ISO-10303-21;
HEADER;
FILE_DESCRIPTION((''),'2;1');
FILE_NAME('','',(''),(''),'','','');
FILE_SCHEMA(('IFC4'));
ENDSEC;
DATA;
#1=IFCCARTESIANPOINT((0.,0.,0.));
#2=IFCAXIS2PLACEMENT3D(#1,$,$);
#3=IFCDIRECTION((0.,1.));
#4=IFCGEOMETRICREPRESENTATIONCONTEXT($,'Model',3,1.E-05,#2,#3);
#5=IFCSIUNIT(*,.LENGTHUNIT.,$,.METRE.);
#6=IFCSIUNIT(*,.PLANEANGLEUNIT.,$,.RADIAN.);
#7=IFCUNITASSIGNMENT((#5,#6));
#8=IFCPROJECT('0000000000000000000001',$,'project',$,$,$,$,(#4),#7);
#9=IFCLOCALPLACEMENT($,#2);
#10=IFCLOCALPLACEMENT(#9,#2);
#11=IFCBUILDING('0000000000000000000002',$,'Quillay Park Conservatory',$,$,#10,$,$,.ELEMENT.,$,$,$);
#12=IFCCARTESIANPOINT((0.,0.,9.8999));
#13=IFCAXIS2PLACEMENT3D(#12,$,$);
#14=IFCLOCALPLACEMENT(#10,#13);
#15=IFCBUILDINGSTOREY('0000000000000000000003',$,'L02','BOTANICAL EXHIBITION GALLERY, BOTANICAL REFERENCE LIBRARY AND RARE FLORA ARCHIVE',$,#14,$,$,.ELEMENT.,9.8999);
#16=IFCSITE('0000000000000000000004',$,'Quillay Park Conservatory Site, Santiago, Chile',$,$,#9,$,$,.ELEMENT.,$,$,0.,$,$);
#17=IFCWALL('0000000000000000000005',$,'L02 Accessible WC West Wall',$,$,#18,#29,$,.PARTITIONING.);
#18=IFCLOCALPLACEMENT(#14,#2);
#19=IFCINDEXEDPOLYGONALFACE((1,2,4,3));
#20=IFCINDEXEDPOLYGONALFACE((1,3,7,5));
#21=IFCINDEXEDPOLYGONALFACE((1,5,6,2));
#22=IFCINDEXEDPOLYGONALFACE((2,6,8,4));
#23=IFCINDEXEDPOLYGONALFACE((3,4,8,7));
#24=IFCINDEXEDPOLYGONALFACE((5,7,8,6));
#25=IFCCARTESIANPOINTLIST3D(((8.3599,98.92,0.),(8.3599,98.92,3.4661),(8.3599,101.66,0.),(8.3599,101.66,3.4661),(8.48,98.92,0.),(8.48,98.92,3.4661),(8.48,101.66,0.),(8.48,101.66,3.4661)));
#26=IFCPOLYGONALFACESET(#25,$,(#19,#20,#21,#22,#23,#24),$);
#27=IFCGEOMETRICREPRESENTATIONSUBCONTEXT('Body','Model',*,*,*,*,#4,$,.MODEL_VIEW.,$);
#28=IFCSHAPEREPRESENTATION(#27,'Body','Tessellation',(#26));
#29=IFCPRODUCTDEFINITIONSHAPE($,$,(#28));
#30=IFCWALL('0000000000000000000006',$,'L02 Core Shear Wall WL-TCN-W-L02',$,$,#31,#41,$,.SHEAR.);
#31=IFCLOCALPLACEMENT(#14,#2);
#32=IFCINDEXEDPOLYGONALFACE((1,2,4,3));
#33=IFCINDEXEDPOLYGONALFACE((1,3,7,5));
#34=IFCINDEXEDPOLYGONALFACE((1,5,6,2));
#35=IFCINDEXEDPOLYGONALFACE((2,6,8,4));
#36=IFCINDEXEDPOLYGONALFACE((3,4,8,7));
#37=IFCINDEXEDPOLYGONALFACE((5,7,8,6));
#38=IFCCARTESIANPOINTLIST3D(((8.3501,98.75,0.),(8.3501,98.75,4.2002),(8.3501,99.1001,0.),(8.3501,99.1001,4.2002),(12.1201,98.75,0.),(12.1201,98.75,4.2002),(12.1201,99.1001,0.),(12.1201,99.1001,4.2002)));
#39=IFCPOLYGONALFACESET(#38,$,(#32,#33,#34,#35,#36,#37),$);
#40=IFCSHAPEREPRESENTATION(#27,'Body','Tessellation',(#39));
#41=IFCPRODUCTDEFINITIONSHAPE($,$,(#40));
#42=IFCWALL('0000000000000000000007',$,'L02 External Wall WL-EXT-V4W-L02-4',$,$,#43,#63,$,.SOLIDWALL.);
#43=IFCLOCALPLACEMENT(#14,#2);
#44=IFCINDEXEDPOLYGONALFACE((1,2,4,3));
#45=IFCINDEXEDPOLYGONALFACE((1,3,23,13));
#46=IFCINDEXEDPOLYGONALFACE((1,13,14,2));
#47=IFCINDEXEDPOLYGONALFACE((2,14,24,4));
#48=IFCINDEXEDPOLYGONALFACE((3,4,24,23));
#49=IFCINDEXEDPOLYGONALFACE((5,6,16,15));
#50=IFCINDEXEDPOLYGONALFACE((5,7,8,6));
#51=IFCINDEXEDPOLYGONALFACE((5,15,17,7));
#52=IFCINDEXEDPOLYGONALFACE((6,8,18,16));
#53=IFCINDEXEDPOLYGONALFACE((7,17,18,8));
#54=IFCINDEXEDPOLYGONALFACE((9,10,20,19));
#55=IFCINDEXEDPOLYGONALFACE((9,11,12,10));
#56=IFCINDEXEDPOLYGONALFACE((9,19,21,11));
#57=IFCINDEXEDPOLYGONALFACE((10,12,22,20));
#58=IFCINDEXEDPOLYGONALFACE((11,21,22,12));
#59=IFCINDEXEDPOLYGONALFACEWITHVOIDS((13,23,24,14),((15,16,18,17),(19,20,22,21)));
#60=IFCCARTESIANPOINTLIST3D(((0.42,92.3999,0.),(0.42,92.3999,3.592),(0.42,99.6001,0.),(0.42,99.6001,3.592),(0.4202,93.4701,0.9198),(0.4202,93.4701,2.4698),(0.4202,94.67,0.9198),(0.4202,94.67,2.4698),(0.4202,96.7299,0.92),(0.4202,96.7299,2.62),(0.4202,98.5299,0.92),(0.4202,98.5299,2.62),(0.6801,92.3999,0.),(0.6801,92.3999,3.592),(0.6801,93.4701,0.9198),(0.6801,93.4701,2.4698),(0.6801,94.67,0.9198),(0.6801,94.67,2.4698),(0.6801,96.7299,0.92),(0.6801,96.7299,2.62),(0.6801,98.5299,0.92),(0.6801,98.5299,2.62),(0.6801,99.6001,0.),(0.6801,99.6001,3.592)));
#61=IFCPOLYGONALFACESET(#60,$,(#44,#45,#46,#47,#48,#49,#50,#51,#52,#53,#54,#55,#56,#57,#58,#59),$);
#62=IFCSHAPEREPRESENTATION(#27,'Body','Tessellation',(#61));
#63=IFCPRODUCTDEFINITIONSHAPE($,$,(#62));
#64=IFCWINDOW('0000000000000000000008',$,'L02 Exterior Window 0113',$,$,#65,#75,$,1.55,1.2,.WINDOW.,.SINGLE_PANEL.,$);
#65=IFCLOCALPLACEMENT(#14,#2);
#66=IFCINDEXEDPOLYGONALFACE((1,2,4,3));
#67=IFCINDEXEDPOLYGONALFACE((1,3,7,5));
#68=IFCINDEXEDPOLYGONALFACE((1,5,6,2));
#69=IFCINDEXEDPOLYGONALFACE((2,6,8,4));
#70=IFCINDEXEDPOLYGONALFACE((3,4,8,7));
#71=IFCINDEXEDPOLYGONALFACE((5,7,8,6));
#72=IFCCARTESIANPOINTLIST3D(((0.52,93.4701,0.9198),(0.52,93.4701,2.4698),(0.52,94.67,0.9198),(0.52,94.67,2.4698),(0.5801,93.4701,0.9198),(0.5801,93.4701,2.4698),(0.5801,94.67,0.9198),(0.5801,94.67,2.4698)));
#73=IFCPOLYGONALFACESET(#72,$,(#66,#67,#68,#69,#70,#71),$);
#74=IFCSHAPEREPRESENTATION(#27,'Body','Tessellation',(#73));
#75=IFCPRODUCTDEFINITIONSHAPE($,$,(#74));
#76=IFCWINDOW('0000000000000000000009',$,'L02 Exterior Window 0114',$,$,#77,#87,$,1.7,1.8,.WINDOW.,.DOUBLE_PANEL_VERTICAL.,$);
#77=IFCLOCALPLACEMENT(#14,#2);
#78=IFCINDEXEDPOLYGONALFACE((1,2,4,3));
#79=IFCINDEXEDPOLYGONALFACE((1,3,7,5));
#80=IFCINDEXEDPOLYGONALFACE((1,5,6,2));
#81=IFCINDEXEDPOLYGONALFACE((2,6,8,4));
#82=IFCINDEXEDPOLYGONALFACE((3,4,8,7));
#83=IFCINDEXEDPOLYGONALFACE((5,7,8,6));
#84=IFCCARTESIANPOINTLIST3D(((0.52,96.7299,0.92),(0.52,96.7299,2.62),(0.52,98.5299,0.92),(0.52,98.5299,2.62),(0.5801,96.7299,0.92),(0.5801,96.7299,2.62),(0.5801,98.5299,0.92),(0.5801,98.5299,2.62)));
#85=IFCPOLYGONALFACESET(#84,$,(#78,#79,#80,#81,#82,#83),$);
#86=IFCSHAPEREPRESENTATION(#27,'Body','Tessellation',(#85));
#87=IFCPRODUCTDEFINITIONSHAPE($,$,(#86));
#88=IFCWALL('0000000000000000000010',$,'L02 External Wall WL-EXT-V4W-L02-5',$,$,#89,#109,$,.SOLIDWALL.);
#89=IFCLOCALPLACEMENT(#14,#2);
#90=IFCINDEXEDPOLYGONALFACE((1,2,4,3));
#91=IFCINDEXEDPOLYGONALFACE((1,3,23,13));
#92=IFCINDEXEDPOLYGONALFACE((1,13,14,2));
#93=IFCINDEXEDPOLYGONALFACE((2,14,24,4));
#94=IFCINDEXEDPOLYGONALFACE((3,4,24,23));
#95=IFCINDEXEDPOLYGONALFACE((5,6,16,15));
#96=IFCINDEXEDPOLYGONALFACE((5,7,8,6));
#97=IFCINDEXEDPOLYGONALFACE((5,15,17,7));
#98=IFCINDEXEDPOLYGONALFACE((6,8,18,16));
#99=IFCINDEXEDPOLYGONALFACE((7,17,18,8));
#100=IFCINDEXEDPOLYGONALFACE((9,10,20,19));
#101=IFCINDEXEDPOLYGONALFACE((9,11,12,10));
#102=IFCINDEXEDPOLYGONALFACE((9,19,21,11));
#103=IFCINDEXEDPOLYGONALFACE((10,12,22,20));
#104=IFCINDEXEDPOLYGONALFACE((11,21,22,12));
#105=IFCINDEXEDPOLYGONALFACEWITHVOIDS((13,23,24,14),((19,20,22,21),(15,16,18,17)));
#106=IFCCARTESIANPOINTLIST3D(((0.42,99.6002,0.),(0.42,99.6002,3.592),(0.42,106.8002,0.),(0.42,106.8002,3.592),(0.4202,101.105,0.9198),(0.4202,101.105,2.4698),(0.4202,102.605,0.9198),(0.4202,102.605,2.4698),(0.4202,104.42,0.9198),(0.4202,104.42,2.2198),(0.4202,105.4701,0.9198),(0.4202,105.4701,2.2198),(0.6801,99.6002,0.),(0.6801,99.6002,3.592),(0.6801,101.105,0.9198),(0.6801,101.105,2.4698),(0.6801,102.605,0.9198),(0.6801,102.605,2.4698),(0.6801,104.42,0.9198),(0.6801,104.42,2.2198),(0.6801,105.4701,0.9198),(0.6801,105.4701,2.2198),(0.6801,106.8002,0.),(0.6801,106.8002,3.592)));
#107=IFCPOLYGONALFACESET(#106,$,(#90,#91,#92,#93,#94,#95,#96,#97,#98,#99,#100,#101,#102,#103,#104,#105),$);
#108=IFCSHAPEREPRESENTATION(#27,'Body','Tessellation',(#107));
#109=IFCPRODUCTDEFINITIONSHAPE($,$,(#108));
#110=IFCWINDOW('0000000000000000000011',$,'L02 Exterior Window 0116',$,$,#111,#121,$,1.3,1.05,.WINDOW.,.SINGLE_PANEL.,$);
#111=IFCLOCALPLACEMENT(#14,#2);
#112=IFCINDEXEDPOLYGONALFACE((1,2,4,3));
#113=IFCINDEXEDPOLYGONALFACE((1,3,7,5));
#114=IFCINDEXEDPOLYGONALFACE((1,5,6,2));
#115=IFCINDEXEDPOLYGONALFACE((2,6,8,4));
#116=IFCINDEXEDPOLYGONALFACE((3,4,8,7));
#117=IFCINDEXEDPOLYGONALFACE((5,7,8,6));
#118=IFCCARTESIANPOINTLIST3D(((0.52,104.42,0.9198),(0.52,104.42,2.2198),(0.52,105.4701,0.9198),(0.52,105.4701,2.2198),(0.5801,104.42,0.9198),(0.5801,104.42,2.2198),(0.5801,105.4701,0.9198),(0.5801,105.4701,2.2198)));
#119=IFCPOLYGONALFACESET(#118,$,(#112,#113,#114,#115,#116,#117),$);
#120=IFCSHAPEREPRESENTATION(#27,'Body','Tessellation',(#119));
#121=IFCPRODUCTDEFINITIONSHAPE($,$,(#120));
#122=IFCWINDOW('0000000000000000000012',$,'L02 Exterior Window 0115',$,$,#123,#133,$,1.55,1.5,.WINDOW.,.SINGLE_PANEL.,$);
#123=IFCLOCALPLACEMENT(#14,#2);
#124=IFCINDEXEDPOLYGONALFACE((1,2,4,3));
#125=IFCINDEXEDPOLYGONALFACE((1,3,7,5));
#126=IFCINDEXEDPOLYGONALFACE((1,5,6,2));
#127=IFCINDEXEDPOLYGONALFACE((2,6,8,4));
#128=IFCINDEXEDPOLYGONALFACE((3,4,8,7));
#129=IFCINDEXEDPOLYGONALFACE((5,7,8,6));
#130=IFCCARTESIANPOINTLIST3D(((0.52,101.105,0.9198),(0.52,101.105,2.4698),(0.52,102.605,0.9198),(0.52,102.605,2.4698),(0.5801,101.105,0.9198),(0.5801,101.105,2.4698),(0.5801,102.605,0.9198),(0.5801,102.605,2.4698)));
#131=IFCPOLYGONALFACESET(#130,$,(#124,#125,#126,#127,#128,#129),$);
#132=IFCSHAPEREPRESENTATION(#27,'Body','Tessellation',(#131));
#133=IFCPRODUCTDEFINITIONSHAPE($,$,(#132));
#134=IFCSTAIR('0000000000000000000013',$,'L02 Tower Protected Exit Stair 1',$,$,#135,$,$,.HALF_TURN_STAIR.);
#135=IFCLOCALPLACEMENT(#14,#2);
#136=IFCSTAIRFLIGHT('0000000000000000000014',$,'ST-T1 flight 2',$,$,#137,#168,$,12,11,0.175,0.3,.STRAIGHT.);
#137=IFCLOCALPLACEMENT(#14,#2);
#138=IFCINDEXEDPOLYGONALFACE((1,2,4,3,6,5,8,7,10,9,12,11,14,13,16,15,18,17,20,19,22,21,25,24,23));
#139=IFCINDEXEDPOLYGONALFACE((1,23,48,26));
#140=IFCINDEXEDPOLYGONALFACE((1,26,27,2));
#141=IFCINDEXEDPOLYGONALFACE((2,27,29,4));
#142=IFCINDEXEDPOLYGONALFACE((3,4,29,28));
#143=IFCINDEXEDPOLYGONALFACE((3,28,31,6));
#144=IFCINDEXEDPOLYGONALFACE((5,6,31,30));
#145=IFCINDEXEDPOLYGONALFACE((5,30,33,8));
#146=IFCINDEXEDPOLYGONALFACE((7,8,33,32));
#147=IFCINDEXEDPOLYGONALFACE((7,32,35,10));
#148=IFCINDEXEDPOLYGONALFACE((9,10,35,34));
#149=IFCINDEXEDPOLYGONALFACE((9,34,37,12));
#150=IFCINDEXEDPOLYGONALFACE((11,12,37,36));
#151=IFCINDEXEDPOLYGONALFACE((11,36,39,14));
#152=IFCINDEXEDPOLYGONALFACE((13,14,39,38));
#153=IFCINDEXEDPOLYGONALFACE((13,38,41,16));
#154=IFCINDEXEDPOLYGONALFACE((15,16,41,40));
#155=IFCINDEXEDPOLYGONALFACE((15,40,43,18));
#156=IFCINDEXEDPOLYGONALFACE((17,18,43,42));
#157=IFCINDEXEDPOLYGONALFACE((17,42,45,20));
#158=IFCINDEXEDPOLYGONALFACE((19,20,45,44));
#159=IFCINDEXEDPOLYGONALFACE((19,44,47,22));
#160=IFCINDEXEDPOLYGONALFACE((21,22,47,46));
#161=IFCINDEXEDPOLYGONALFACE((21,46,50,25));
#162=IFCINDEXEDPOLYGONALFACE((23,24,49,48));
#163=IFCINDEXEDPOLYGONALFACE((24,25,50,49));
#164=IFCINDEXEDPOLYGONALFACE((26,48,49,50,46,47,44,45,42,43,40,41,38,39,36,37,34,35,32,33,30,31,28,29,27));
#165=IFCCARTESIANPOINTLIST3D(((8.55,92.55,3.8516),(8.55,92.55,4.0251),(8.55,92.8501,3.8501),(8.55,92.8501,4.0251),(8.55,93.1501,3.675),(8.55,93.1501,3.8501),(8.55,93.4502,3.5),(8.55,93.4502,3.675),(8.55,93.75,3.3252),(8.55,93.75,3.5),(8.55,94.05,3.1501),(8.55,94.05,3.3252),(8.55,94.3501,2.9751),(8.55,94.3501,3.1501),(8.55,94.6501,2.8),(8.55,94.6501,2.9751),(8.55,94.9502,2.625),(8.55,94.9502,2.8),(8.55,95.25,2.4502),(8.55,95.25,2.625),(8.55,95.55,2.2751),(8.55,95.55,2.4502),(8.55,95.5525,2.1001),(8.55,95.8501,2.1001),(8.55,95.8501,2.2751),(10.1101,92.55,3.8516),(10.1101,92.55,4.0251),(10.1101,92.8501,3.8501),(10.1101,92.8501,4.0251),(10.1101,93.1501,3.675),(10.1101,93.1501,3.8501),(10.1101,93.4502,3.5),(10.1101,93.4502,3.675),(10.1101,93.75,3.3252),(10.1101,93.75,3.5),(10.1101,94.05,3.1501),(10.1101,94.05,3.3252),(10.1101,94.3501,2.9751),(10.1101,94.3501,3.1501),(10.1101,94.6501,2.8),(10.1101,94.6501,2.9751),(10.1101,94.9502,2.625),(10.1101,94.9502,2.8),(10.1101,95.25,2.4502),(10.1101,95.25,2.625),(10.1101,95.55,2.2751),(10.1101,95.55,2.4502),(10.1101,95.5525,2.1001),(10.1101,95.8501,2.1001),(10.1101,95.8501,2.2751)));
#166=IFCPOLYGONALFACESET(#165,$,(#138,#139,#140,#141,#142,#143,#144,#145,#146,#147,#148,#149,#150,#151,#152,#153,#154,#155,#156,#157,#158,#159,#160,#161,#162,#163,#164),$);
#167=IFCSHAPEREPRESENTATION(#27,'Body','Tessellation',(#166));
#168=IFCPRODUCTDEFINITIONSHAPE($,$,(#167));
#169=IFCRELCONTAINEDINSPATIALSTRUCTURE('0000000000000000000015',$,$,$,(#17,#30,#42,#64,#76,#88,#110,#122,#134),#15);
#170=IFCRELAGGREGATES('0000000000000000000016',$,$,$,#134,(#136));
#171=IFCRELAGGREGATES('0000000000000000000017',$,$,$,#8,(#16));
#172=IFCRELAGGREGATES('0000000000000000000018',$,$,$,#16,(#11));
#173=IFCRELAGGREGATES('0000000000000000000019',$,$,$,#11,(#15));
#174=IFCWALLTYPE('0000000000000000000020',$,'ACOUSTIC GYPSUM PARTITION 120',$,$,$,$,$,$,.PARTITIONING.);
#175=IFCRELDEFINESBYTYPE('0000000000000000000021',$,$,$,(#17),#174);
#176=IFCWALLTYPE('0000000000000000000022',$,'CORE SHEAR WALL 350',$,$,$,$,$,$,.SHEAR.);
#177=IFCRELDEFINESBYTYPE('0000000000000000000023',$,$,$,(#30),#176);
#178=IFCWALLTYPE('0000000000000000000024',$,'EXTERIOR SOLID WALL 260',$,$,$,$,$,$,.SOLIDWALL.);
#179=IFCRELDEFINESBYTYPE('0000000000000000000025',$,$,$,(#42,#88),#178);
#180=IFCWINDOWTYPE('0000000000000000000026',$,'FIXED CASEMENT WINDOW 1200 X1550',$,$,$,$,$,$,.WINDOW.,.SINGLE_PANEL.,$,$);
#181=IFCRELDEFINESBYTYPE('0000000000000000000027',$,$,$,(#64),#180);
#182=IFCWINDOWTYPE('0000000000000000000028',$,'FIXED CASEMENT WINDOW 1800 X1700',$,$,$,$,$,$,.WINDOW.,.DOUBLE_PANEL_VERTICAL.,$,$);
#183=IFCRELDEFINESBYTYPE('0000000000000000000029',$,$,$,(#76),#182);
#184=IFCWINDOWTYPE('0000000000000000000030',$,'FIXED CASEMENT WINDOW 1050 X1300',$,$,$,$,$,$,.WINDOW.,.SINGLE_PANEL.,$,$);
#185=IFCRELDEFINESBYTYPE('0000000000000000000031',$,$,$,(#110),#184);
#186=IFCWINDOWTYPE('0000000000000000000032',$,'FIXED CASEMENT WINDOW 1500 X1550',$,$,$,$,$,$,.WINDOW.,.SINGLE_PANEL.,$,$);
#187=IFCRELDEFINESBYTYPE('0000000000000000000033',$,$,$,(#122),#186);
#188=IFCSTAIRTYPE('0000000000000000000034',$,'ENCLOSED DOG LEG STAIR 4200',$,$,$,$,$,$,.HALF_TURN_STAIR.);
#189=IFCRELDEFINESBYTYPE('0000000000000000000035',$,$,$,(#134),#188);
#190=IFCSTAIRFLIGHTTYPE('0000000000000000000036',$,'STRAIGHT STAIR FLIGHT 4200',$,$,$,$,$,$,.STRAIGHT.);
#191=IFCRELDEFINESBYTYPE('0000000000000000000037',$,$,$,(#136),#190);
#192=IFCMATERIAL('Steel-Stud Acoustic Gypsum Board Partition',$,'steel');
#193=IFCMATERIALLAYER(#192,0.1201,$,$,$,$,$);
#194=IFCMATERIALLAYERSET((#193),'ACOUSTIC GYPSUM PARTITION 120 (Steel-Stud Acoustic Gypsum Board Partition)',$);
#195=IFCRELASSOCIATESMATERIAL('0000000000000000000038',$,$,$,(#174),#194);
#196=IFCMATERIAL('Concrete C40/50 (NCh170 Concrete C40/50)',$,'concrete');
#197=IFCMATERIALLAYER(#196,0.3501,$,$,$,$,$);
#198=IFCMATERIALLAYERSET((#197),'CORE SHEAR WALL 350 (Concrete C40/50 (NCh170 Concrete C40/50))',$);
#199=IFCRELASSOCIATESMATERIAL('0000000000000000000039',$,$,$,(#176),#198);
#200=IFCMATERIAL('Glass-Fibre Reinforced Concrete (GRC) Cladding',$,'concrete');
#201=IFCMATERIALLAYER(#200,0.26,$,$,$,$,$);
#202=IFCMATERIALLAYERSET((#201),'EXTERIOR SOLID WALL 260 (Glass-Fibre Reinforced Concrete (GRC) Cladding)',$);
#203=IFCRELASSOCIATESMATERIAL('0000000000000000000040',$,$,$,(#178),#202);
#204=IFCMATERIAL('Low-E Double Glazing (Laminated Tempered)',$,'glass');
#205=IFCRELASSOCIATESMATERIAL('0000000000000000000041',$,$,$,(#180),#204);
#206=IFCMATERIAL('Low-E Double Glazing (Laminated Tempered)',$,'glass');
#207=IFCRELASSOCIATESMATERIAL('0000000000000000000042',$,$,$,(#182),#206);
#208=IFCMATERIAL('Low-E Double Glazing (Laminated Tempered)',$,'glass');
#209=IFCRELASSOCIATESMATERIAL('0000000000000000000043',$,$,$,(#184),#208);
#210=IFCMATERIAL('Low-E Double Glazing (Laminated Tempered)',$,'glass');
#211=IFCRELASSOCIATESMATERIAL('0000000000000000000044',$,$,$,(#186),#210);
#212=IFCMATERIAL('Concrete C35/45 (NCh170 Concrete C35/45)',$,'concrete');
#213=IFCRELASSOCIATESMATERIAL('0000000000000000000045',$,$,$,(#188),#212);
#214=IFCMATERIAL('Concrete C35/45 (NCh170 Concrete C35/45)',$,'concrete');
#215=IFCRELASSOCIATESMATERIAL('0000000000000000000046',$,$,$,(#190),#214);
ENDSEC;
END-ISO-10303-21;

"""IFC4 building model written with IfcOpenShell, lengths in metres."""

from ifc_helpers import new_model, si_unit, direction, frame, frame_2d, origin, place, context, subcontext, project, spatial, polyline, rectangle, outline, extrude, material, layer, layer_set, type_object, element, fill, aggregate, save


model = new_model("IFC4")

# Units and contexts
model_context = context("Model", 3, precision=1e-05, world=origin(), true_north=direction((0.0, 1.0)))
body_context = subcontext(model_context, "Body", "Model", "MODEL_VIEW")
ifc_project = project(units=[si_unit("LENGTHUNIT", "METRE"), si_unit("PLANEANGLEUNIT", "RADIAN")], contexts=[model_context])

# Site, building, storey
site_placement = place(None, origin())
site = spatial("IfcSite", under=ifc_project, at=site_placement, Name="Quillay Park Conservatory Site, Santiago, Chile", CompositionType="ELEMENT", RefElevation=0.0)
building_placement = place(site_placement, origin())
building = spatial("IfcBuilding", under=site, at=building_placement, Name="Quillay Park Conservatory", CompositionType="ELEMENT")
storey_placement = place(building_placement, frame((0.0, 0.0, 9.8999)))
storey = spatial("IfcBuildingStorey", under=building, at=storey_placement, Name="L02", Description="BOTANICAL EXHIBITION GALLERY, BOTANICAL REFERENCE LIBRARY AND RARE FLORA ARCHIVE", CompositionType="ELEMENT", Elevation=9.8999)

# Walls
ifc_material_1 = material(Name="Steel-Stud Acoustic Gypsum Board Partition", Category="steel")
ifc_layer_1 = layer(ifc_material_1, 0.1201)
ifc_layer_set_1 = layer_set([ifc_layer_1], Name="ACOUSTIC GYPSUM PARTITION 120 (Steel-Stud Acoustic Gypsum Board Partition)")
wall_type_1 = type_object("IfcWallType", Name="ACOUSTIC GYPSUM PARTITION 120", PredefinedType="PARTITIONING", material=ifc_layer_set_1)
wall_1_placement = place(storey_placement, frame((8.4199, 98.9199, 0.0), z_axis=(0.0, 0.0, 1.0), x_axis=(0.0, 1.0, 0.0)))
element("IfcWall", 1, at=wall_1_placement, inside=storey, type_object=wall_type_1, Name="L02 Accessible WC West Wall", PredefinedType="PARTITIONING", context=body_context, shape_type="SweptSolid", body=[
    extrude(rectangle(XDim=2.74, YDim=0.1201, at=frame_2d((1.3701, 0.0))), origin(), (0.0, 0.0, 1.0), 3.4661),
])
ifc_material_2 = material(Name="Concrete C40/50 (NCh170 Concrete C40/50)", Category="concrete")
ifc_layer_2 = layer(ifc_material_2, 0.3501)
ifc_layer_set_2 = layer_set([ifc_layer_2], Name="CORE SHEAR WALL 350 (Concrete C40/50 (NCh170 Concrete C40/50))")
wall_type_2 = type_object("IfcWallType", Name="CORE SHEAR WALL 350", PredefinedType="SHEAR", material=ifc_layer_set_2)
wall_2_placement = place(storey_placement, frame((8.3501, 98.925, 0.0), z_axis=(0.0, 0.0, 1.0), x_axis=(1.0, 0.0, 0.0)))
element("IfcWall", 2, at=wall_2_placement, inside=storey, type_object=wall_type_2, Name="L02 Core Shear Wall WL-TCN-W-L02", PredefinedType="SHEAR", context=body_context, shape_type="SweptSolid", body=[
    extrude(rectangle(XDim=3.77, YDim=0.3501, at=frame_2d((1.885, 0.0))), origin(), (0.0, 0.0, 1.0), 4.2002),
])

# Walls, openings, windows
ifc_material_3 = material(Name="Glass-Fibre Reinforced Concrete (GRC) Cladding", Category="concrete")
ifc_layer_3 = layer(ifc_material_3, 0.26)
ifc_layer_set_3 = layer_set([ifc_layer_3], Name="EXTERIOR SOLID WALL 260 (Glass-Fibre Reinforced Concrete (GRC) Cladding)")
wall_type_3 = type_object("IfcWallType", Name="EXTERIOR SOLID WALL 260", PredefinedType="SOLIDWALL", material=ifc_layer_set_3)
wall_3_placement = place(storey_placement, frame((0.55, 92.3999, 0.0), z_axis=(0.0, 0.0, 1.0), x_axis=(0.0, 1.0, 0.0)))
wall_3 = element("IfcWall", 3, at=wall_3_placement, inside=storey, type_object=wall_type_3, Name="L02 External Wall WL-EXT-V4W-L02-4", PredefinedType="SOLIDWALL", context=body_context, shape_type="SweptSolid", body=[
    extrude(rectangle(XDim=7.2002, YDim=0.26, at=frame_2d((3.6001, 0.0))), origin(), (0.0, 0.0, 1.0), 3.592),
])
opening_1_placement = place(wall_3_placement, frame((1.0701, 0.0, 0.9199)))
opening_1 = element("IfcOpeningElement", 4, at=opening_1_placement, cuts=wall_3, PredefinedType="OPENING", context=body_context, shape_type="SweptSolid", body=[
    extrude(rectangle(XDim=1.2, YDim=1.55, at=frame_2d((0.6001, 0.7749))), frame((0.0, 0.1299, 0.0), z_axis=(0.0, -1.0, 0.0), x_axis=(1.0, 0.0, 0.0)), (0.0, 0.0, 1.0), 0.26),
])
opening_2_placement = place(wall_3_placement, frame((4.3301, 0.0, 0.9199)))
opening_2 = element("IfcOpeningElement", 5, at=opening_2_placement, cuts=wall_3, PredefinedType="OPENING", context=body_context, shape_type="SweptSolid", body=[
    extrude(rectangle(XDim=1.8, YDim=1.7, at=frame_2d((0.8999, 0.8501))), frame((0.0, 0.1299, 0.0), z_axis=(0.0, -1.0, 0.0), x_axis=(1.0, 0.0, 0.0)), (0.0, 0.0, 1.0), 0.26),
])
ifc_material_4 = material(Name="Low-E Double Glazing (Laminated Tempered)", Category="glass")
window_type_1 = type_object("IfcWindowType", Name="FIXED CASEMENT WINDOW 1200 X1550", PartitioningType="SINGLE_PANEL", PredefinedType="WINDOW", material=ifc_material_4)
window_1_placement = place(opening_1_placement, origin())
window_1 = element("IfcWindow", 6, at=window_1_placement, inside=storey, type_object=window_type_1, Name="L02 Exterior Window 0113", OverallHeight=1.55, OverallWidth=1.2, PartitioningType="SINGLE_PANEL", PredefinedType="WINDOW", context=body_context, shape_type="SweptSolid", body=[
    extrude(rectangle(XDim=1.2, YDim=1.55, at=frame_2d((0.6001, 0.7749))), frame((0.0, 0.03, 0.0), z_axis=(0.0, -1.0, 0.0), x_axis=(1.0, 0.0, 0.0)), (0.0, 0.0, 1.0), 0.0601),
])
fill(opening_1, window_1)
ifc_material_5 = material(Name="Low-E Double Glazing (Laminated Tempered)", Category="glass")
window_type_2 = type_object("IfcWindowType", Name="FIXED CASEMENT WINDOW 1800 X1700", PartitioningType="DOUBLE_PANEL_VERTICAL", PredefinedType="WINDOW", material=ifc_material_5)
window_2_placement = place(opening_2_placement, origin())
window_2 = element("IfcWindow", 7, at=window_2_placement, inside=storey, type_object=window_type_2, Name="L02 Exterior Window 0114", OverallHeight=1.7, OverallWidth=1.8, PartitioningType="DOUBLE_PANEL_VERTICAL", PredefinedType="WINDOW", context=body_context, shape_type="SweptSolid", body=[
    extrude(rectangle(XDim=1.8, YDim=1.7, at=frame_2d((0.8999, 0.8501))), frame((0.0, 0.03, 0.0), z_axis=(0.0, -1.0, 0.0), x_axis=(1.0, 0.0, 0.0)), (0.0, 0.0, 1.0), 0.0601),
])
fill(opening_2, window_2)
wall_4_placement = place(storey_placement, frame((0.55, 99.6001, 0.0), z_axis=(0.0, 0.0, 1.0), x_axis=(0.0, 1.0, 0.0)))
wall_4 = element("IfcWall", 8, at=wall_4_placement, inside=storey, type_object=wall_type_3, Name="L02 External Wall WL-EXT-V4W-L02-5", PredefinedType="SOLIDWALL", context=body_context, shape_type="SweptSolid", body=[
    extrude(rectangle(XDim=7.2, YDim=0.26, at=frame_2d((3.6001, 0.0))), origin(), (0.0, 0.0, 1.0), 3.592),
])
opening_3_placement = place(wall_4_placement, frame((1.5049, 0.0, 0.9199)))
opening_3 = element("IfcOpeningElement", 9, at=opening_3_placement, cuts=wall_4, PredefinedType="OPENING", context=body_context, shape_type="SweptSolid", body=[
    extrude(rectangle(XDim=1.5, YDim=1.55, at=frame_2d((0.75, 0.7749))), frame((0.0, 0.1299, 0.0), z_axis=(0.0, -1.0, 0.0), x_axis=(1.0, 0.0, 0.0)), (0.0, 0.0, 1.0), 0.26),
])
opening_4_placement = place(wall_4_placement, frame((4.8201, 0.0, 0.9199)))
opening_4 = element("IfcOpeningElement", 10, at=opening_4_placement, cuts=wall_4, PredefinedType="OPENING", context=body_context, shape_type="SweptSolid", body=[
    extrude(rectangle(XDim=1.05, YDim=1.3, at=frame_2d((0.5249, 0.6499))), frame((0.0, 0.1299, 0.0), z_axis=(0.0, -1.0, 0.0), x_axis=(1.0, 0.0, 0.0)), (0.0, 0.0, 1.0), 0.26),
])
ifc_material_6 = material(Name="Low-E Double Glazing (Laminated Tempered)", Category="glass")
window_type_3 = type_object("IfcWindowType", Name="FIXED CASEMENT WINDOW 1050 X1300", PartitioningType="SINGLE_PANEL", PredefinedType="WINDOW", material=ifc_material_6)
window_3_placement = place(opening_4_placement, origin())
window_3 = element("IfcWindow", 11, at=window_3_placement, inside=storey, type_object=window_type_3, Name="L02 Exterior Window 0116", OverallHeight=1.3, OverallWidth=1.05, PartitioningType="SINGLE_PANEL", PredefinedType="WINDOW", context=body_context, shape_type="SweptSolid", body=[
    extrude(rectangle(XDim=1.05, YDim=1.3, at=frame_2d((0.5249, 0.6499))), frame((0.0, 0.03, 0.0), z_axis=(0.0, -1.0, 0.0), x_axis=(1.0, 0.0, 0.0)), (0.0, 0.0, 1.0), 0.0601),
])
fill(opening_4, window_3)
ifc_material_7 = material(Name="Low-E Double Glazing (Laminated Tempered)", Category="glass")
window_type_4 = type_object("IfcWindowType", Name="FIXED CASEMENT WINDOW 1500 X1550", PartitioningType="SINGLE_PANEL", PredefinedType="WINDOW", material=ifc_material_7)
window_4_placement = place(opening_3_placement, origin())
window_4 = element("IfcWindow", 12, at=window_4_placement, inside=storey, type_object=window_type_4, Name="L02 Exterior Window 0115", OverallHeight=1.55, OverallWidth=1.5, PartitioningType="SINGLE_PANEL", PredefinedType="WINDOW", context=body_context, shape_type="SweptSolid", body=[
    extrude(rectangle(XDim=1.5, YDim=1.55, at=frame_2d((0.75, 0.7749))), frame((0.0, 0.03, 0.0), z_axis=(0.0, -1.0, 0.0), x_axis=(1.0, 0.0, 0.0)), (0.0, 0.0, 1.0), 0.0601),
])
fill(opening_3, window_4)

# Stair, stair flight
ifc_material_8 = material(Name="Concrete C35/45 (NCh170 Concrete C35/45)", Category="concrete")
stair_type = type_object("IfcStairType", Name="ENCLOSED DOG LEG STAIR 4200", PredefinedType="HALF_TURN_STAIR", material=ifc_material_8)
stair_placement = place(storey_placement, origin())
stair = element("IfcStair", 13, at=stair_placement, inside=storey, type_object=stair_type, Name="L02 Tower Protected Exit Stair 1", PredefinedType="HALF_TURN_STAIR")
ifc_material_9 = material(Name="Concrete C35/45 (NCh170 Concrete C35/45)", Category="concrete")
stair_flight_type = type_object("IfcStairFlightType", Name="STRAIGHT STAIR FLIGHT 4200", PredefinedType="STRAIGHT", material=ifc_material_9)
stair_flight_placement = place(storey_placement, frame((9.3301, 95.8501, 2.1001), z_axis=(0.0, 0.0, 1.0), x_axis=(0.0, -1.0, 0.0)))
stair_flight = element("IfcStairFlight", 14, at=stair_flight_placement, type_object=stair_flight_type, Name="ST-T1 flight 2", NumberOfRisers=12, NumberOfTreads=11, PredefinedType="STRAIGHT", RiserHeight=0.175, TreadLength=0.3, context=body_context, shape_type="SweptSolid", body=[
    extrude(outline(polyline([(0.0, 0.0), (0.0, 0.175), (0.3, 0.175), (0.3, 0.3501), (0.6001, 0.3501), (0.6001, 0.5249), (0.8999, 0.5249), (0.8999, 0.7), (1.2, 0.7), (1.2, 0.875), (1.5, 0.875), (1.5, 1.05), (1.8, 1.05), (1.8, 1.2251), (2.1001, 1.2251), (2.1001, 1.3999), (2.3999, 1.3999), (2.3999, 1.575), (2.7, 1.575), (2.7, 1.75), (3.0, 1.75), (3.0, 1.925), (3.3, 1.925), (3.3, 2.1001), (3.3, 1.7515), (0.2976, 0.0), (0.0, 0.0)])), frame((0.0, 0.78, 0.0), z_axis=(0.0, -1.0, 0.0), x_axis=(1.0, 0.0, 0.0)), (0.0, 0.0, 1.0), 1.5601),
])
aggregate(stair, [stair_flight])

save(model, "model.ifc")
